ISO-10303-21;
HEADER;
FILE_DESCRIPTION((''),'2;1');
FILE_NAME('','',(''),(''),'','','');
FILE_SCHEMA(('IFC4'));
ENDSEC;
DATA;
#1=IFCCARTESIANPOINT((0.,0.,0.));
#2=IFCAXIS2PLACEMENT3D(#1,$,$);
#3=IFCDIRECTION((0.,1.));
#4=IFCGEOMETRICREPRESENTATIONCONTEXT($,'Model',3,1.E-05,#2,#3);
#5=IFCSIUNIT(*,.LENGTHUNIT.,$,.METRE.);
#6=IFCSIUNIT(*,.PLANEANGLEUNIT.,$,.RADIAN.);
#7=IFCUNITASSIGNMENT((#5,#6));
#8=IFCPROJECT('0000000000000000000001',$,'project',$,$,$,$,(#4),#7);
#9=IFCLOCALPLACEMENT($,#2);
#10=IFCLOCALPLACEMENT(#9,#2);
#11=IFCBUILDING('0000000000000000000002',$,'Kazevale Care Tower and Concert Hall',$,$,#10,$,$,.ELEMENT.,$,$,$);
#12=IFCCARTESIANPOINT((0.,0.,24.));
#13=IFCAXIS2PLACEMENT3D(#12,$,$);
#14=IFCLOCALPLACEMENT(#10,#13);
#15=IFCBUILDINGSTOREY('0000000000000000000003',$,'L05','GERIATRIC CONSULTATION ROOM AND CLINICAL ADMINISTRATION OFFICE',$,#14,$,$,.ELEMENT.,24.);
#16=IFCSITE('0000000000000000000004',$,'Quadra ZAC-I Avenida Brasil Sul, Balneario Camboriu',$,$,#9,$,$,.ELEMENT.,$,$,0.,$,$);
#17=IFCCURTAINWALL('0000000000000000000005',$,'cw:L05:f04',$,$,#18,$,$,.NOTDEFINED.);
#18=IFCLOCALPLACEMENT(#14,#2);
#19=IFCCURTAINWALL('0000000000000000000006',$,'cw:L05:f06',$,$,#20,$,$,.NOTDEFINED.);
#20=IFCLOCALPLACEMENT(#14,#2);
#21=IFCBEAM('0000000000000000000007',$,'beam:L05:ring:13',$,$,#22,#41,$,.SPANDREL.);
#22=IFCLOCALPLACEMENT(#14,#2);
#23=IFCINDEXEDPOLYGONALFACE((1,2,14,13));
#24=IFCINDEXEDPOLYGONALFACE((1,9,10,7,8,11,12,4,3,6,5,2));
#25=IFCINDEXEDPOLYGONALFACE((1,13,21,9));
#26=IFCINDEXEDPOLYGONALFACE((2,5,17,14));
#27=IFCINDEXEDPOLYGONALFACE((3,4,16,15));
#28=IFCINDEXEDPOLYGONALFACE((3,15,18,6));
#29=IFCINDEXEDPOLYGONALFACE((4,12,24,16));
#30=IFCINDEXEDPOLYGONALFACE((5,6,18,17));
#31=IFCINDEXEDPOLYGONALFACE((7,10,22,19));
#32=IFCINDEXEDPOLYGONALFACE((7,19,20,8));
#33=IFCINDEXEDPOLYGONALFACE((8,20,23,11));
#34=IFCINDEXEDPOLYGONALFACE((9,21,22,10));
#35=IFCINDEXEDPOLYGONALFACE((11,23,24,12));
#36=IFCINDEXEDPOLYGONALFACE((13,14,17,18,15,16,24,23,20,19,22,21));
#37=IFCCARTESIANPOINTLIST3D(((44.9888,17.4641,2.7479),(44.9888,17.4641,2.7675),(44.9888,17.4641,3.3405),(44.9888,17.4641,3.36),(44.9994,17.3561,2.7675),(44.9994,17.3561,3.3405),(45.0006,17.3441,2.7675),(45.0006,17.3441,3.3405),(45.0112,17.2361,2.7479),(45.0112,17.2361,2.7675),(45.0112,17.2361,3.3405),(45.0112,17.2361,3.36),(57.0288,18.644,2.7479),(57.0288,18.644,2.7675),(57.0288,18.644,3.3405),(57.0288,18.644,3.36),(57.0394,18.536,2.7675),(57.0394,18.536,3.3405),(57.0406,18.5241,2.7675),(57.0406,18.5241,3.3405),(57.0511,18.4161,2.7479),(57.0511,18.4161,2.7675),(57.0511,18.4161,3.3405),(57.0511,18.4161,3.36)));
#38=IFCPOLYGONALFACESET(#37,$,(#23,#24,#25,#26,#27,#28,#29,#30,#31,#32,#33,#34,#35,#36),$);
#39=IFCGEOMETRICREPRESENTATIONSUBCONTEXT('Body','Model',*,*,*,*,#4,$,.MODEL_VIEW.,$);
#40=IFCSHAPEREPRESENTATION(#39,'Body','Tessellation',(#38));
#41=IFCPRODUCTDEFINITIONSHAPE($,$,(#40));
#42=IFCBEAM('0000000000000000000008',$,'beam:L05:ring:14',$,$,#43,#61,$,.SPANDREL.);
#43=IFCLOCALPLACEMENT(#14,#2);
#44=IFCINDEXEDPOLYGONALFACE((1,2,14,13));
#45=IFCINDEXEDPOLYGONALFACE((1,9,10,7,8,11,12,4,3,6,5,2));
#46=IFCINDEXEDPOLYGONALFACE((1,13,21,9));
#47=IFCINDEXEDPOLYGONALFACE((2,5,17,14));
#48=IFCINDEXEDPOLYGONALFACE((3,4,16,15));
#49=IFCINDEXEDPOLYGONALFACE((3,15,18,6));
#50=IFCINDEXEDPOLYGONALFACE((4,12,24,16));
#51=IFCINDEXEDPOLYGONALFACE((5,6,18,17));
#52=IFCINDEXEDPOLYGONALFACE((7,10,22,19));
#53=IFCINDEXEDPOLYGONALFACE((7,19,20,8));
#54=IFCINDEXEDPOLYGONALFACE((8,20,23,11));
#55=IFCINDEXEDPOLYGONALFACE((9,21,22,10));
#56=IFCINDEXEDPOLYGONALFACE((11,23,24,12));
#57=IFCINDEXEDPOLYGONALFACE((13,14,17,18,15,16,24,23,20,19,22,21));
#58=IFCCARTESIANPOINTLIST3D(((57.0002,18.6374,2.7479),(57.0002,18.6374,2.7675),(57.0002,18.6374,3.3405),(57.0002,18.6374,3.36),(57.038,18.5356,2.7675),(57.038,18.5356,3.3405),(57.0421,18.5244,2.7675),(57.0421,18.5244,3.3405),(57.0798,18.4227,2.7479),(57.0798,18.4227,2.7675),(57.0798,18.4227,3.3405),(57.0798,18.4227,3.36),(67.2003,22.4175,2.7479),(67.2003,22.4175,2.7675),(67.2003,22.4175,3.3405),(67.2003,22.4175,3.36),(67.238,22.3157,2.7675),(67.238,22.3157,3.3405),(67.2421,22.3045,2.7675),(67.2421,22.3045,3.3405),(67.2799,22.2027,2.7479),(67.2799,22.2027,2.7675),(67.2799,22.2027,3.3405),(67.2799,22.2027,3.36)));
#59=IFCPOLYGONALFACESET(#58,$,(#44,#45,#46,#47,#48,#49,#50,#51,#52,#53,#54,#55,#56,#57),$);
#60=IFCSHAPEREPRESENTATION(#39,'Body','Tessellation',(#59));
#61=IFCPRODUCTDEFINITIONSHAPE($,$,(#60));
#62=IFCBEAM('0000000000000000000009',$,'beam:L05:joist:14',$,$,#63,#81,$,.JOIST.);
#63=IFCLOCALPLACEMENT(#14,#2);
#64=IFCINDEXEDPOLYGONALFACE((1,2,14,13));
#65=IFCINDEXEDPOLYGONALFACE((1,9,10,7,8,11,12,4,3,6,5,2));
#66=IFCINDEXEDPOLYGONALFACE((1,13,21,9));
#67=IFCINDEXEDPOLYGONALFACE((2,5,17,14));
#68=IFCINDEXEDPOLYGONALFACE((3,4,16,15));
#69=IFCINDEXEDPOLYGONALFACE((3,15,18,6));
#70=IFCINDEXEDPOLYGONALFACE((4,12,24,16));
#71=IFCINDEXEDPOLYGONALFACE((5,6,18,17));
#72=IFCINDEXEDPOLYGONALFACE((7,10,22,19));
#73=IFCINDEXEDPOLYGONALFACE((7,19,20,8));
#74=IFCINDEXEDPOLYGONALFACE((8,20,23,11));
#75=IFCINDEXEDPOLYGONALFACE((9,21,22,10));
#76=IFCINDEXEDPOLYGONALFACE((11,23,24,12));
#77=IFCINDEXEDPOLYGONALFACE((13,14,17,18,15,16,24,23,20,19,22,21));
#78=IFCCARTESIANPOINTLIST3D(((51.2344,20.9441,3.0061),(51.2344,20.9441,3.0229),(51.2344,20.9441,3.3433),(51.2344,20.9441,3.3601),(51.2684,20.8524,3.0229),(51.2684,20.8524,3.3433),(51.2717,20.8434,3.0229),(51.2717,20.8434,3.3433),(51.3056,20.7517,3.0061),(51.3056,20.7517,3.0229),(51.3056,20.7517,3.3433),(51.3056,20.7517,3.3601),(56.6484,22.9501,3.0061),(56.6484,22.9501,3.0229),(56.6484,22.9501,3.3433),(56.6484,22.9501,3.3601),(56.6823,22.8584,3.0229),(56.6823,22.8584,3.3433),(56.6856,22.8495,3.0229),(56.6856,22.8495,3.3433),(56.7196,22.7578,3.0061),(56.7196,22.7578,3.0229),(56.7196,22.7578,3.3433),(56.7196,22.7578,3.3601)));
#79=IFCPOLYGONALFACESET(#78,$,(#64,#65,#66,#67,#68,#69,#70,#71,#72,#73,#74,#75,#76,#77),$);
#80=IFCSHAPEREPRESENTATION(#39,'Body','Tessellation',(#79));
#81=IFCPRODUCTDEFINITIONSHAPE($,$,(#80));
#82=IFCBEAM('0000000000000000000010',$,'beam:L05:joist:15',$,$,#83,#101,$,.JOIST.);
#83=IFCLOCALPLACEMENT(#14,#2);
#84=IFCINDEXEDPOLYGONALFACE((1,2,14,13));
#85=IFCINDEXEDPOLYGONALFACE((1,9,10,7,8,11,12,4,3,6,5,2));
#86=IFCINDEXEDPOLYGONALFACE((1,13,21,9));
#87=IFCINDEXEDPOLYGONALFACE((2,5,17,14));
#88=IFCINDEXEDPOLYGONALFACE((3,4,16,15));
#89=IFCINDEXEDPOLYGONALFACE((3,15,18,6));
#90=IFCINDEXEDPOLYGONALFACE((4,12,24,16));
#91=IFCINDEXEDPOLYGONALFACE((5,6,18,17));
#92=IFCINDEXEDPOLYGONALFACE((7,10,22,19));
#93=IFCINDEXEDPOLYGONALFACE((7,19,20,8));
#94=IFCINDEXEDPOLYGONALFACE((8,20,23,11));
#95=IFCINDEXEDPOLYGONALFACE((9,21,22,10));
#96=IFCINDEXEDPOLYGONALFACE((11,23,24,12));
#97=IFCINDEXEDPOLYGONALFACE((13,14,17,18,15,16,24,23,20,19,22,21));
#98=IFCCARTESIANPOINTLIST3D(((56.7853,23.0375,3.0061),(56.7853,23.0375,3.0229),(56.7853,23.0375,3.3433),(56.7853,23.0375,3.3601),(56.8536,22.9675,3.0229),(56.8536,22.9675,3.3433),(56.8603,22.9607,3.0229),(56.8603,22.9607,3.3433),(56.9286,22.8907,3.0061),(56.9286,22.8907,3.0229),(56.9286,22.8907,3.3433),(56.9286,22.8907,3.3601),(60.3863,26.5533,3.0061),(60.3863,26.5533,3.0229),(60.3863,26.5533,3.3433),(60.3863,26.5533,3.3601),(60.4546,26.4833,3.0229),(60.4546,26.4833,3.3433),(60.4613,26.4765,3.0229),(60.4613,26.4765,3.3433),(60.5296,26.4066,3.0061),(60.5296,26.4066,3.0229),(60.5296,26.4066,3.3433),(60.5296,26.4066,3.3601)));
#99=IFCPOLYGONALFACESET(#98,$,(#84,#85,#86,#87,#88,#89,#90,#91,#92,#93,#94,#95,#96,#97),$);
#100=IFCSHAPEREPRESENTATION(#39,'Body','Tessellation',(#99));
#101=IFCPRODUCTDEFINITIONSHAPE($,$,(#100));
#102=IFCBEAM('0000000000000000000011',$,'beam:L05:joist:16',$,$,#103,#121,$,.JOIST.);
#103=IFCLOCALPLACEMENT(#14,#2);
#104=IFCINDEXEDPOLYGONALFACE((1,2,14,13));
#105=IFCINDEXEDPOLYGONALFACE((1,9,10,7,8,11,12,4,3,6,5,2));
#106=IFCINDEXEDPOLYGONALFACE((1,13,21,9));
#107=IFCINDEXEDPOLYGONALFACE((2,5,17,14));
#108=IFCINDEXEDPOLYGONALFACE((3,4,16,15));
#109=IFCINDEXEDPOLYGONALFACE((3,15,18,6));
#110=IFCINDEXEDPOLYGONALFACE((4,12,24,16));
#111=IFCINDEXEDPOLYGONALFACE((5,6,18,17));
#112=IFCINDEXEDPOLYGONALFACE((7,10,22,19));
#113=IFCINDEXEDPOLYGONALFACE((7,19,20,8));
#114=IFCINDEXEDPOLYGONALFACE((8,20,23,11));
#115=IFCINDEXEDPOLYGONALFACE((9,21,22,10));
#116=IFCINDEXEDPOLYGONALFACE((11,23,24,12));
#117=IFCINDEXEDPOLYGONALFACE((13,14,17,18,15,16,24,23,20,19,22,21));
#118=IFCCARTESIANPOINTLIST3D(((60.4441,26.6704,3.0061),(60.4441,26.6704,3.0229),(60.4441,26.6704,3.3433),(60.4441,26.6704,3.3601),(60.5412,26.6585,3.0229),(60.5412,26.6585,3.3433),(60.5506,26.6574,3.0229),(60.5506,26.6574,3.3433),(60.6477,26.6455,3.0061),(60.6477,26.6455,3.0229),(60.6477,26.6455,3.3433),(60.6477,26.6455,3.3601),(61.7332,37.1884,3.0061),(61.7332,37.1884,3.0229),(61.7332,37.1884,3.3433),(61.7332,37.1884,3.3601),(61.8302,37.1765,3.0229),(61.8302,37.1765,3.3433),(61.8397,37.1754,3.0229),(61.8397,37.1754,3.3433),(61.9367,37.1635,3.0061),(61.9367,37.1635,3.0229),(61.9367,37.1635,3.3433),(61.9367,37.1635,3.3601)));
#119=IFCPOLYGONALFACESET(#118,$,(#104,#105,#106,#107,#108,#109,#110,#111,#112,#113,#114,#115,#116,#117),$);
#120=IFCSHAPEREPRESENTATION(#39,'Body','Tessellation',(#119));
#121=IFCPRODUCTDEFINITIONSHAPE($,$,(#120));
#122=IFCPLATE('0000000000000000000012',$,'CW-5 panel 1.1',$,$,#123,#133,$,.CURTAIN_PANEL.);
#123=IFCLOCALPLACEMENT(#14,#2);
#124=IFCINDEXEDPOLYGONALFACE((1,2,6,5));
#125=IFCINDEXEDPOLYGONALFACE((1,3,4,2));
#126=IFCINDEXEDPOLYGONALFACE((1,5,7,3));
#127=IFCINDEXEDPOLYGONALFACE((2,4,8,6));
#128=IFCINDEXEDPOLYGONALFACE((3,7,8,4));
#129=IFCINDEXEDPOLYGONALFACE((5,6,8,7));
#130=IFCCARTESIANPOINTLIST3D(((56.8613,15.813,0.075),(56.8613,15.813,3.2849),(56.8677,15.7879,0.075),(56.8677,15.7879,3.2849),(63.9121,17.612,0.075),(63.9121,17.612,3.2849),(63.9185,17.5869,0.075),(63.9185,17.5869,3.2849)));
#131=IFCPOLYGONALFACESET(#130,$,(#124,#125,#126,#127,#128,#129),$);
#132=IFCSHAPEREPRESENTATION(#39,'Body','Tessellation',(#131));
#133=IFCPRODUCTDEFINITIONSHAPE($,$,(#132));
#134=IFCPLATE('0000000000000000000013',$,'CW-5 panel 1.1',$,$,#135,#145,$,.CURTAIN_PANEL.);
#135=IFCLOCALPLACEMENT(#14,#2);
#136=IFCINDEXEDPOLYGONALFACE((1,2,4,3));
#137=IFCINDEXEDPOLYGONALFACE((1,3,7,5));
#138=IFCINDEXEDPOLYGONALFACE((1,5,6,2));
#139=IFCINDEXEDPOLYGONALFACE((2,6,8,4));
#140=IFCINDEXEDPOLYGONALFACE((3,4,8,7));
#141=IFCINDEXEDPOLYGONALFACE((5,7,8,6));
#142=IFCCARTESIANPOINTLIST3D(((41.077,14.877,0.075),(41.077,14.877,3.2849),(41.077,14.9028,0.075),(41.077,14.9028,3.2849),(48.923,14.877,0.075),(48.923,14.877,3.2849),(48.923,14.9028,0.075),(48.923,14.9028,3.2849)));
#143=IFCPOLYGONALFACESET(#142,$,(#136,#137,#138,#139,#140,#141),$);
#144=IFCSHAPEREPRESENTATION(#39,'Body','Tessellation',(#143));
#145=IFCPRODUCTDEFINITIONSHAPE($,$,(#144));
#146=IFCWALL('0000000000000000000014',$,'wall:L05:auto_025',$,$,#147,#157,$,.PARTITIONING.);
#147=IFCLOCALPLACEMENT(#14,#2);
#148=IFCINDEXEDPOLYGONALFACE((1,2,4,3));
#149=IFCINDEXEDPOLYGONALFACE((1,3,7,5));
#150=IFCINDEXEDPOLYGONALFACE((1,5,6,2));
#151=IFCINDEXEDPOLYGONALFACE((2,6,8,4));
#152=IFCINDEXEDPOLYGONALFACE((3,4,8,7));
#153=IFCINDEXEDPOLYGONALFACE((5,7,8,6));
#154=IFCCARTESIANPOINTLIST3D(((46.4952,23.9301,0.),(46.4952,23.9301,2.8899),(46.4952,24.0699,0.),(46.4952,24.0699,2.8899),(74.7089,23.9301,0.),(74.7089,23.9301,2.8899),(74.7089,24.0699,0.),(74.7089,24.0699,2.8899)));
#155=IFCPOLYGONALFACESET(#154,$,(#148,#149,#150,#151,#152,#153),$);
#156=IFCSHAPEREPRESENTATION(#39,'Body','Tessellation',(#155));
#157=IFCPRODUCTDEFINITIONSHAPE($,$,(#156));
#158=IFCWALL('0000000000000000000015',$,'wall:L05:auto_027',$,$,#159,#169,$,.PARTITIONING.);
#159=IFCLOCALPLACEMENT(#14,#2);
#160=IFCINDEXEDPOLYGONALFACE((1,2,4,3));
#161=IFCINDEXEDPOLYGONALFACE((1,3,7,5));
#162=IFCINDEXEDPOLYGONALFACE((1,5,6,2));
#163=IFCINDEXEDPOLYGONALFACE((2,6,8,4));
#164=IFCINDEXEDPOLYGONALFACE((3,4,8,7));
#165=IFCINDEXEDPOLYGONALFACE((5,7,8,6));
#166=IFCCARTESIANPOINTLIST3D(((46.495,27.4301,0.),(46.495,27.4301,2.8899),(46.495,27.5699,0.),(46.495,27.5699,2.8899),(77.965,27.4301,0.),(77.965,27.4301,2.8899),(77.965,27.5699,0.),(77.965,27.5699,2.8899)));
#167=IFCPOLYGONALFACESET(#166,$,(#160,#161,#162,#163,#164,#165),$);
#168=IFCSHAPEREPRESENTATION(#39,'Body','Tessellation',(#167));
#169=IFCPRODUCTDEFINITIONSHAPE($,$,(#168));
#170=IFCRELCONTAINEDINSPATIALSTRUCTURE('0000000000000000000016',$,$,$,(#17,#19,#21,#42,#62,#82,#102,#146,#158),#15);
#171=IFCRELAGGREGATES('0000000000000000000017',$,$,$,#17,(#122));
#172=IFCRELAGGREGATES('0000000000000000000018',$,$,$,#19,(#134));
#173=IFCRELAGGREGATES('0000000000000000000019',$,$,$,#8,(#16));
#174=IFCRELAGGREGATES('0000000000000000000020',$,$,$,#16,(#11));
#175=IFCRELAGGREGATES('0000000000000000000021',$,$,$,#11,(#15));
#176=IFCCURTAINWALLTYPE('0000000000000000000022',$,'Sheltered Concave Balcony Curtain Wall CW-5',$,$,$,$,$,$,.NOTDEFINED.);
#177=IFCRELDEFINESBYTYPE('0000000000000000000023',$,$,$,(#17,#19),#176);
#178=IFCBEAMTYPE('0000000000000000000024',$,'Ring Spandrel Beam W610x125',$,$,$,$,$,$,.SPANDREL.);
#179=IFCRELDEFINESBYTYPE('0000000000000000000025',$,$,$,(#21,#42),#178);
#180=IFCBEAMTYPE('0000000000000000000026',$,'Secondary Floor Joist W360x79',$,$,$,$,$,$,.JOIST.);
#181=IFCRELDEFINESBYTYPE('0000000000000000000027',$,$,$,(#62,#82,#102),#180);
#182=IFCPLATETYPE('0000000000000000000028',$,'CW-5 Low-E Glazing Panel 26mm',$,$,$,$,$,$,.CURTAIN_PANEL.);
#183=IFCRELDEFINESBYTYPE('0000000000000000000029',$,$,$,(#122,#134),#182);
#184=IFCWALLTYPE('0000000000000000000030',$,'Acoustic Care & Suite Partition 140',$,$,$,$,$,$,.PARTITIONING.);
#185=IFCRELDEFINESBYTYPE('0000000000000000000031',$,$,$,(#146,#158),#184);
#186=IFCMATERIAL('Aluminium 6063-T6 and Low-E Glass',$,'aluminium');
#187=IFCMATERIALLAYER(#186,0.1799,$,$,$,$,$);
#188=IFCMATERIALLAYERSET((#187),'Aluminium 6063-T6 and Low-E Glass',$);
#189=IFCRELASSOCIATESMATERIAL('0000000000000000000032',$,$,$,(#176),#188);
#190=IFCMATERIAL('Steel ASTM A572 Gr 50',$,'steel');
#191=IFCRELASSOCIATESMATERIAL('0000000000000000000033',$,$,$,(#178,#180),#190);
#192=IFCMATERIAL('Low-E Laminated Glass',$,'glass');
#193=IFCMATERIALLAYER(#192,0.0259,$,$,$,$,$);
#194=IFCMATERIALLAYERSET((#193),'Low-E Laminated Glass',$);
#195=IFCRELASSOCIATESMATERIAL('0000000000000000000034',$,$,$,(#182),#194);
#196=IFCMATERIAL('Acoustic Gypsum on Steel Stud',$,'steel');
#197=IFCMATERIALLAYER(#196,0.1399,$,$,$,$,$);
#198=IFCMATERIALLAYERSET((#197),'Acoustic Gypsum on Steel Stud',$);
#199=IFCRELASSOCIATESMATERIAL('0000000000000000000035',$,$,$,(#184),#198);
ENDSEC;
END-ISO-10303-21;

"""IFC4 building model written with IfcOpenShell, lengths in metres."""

from ifc_helpers import new_model, si_unit, direction, frame, frame_2d, origin, origin_2d, place, context, subcontext, project, spatial, rectangle, i_section, extrude, material, layer, layer_set, material_profile, profile_set, type_object, element, aggregate, save


model = new_model("IFC4")

# Units and contexts
model_context = context("Model", 3, precision=1e-05, world=origin(), true_north=direction((0.0, 1.0)))
body_context = subcontext(model_context, "Body", "Model", "MODEL_VIEW")
ifc_project = project(units=[si_unit("LENGTHUNIT", "METRE"), si_unit("PLANEANGLEUNIT", "RADIAN")], contexts=[model_context])

# Site, building, storey
site_placement = place(None, origin())
site = spatial("IfcSite", under=ifc_project, at=site_placement, Name="Quadra ZAC-I Avenida Brasil Sul, Balneario Camboriu", CompositionType="ELEMENT", RefElevation=0.0)
building_placement = place(site_placement, origin())
building = spatial("IfcBuilding", under=site, at=building_placement, Name="Kazevale Care Tower and Concert Hall", CompositionType="ELEMENT")
storey_placement = place(building_placement, frame((0.0, 0.0, 24.0)))
storey = spatial("IfcBuildingStorey", under=building, at=storey_placement, Name="L05", Description="GERIATRIC CONSULTATION ROOM AND CLINICAL ADMINISTRATION OFFICE", CompositionType="ELEMENT", Elevation=24.0)

# Curtain wall
ifc_material_1 = material(Name="Aluminium 6063-T6 and Low-E Glass", Category="aluminium")
ifc_layer_1 = layer(ifc_material_1, 0.1799)
ifc_layer_set_1 = layer_set([ifc_layer_1], Name="Aluminium 6063-T6 and Low-E Glass")
curtain_wall_type = type_object("IfcCurtainWallType", Name="Sheltered Concave Balcony Curtain Wall CW-5", PredefinedType="NOTDEFINED", material=ifc_layer_set_1)
curtain_wall_1_placement = place(storey_placement, origin())
curtain_wall_1 = element("IfcCurtainWall", 1, at=curtain_wall_1_placement, inside=storey, type_object=curtain_wall_type, Name="cw:L05:f04", PredefinedType="NOTDEFINED")

# Curtain wall
curtain_wall_2_placement = place(storey_placement, origin())
curtain_wall_2 = element("IfcCurtainWall", 2, at=curtain_wall_2_placement, inside=storey, type_object=curtain_wall_type, Name="cw:L05:f06", PredefinedType="NOTDEFINED")

# Beams
ifc_material_2 = material(Name="Steel ASTM A572 Gr 50", Category="steel")
ifc_material_profile_1 = material_profile(ifc_material_2, i_section(OverallWidth=0.229, OverallDepth=0.6121, WebThickness=0.012, FlangeThickness=0.0195, at=origin_2d()), Name="W610x125")
ifc_profile_set_1 = profile_set([ifc_material_profile_1], Name="Steel ASTM A572 Gr 50")
beam_type_1 = type_object("IfcBeamType", Name="Ring Spandrel Beam W610x125", PredefinedType="SPANDREL", material=ifc_profile_set_1)
beam_1_placement = place(storey_placement, frame((45.0, 17.3501, 3.054), z_axis=(0.995232, 0.097533, 0.0), x_axis=(-0.097533, 0.995232, 0.0)))
element("IfcBeam", 3, at=beam_1_placement, inside=storey, type_object=beam_type_1, Name="beam:L05:ring:13", PredefinedType="SPANDREL", context=body_context, shape_type="SweptSolid", body=[
    extrude(i_section(OverallWidth=0.229, OverallDepth=0.6121, WebThickness=0.012, FlangeThickness=0.0195, at=origin_2d()), origin(), (0.0, 0.0, 1.0), 12.0977),
])
beam_2_placement = place(storey_placement, frame((57.04, 18.53, 3.054), z_axis=(0.937681, 0.347498, 0.0), x_axis=(-0.347498, 0.937681, 0.0)))
element("IfcBeam", 4, at=beam_2_placement, inside=storey, type_object=beam_type_1, Name="beam:L05:ring:14", PredefinedType="SPANDREL", context=body_context, shape_type="SweptSolid", body=[
    extrude(i_section(OverallWidth=0.229, OverallDepth=0.6121, WebThickness=0.012, FlangeThickness=0.0195, at=origin_2d()), origin(), (0.0, 0.0, 1.0), 10.8779),
])
ifc_material_profile_2 = material_profile(ifc_material_2, i_section(OverallWidth=0.2051, OverallDepth=0.354, WebThickness=0.0095, FlangeThickness=0.0168, at=origin_2d()), Name="W360x79")
ifc_profile_set_2 = profile_set([ifc_material_profile_2], Name="Steel ASTM A572 Gr 50")
beam_type_2 = type_object("IfcBeamType", Name="Secondary Floor Joist W360x79", PredefinedType="JOIST", material=ifc_profile_set_2)
beam_3_placement = place(storey_placement, frame((51.27, 20.8479, 3.1831), z_axis=(0.937698, 0.347451, 0.0), x_axis=(-0.347451, 0.937698, 0.0)))
element("IfcBeam", 5, at=beam_3_placement, inside=storey, type_object=beam_type_2, Name="beam:L05:joist:14", PredefinedType="JOIST", context=body_context, shape_type="SweptSolid", body=[
    extrude(i_section(OverallWidth=0.2051, OverallDepth=0.354, WebThickness=0.0095, FlangeThickness=0.0168, at=origin_2d()), origin(), (0.0, 0.0, 1.0), 5.7737),
])
beam_4_placement = place(storey_placement, frame((56.8569, 22.9641, 3.1831), z_axis=(0.715521, 0.698591, 0.0), x_axis=(-0.698591, 0.715521, 0.0)))
element("IfcBeam", 6, at=beam_4_placement, inside=storey, type_object=beam_type_2, Name="beam:L05:joist:15", PredefinedType="JOIST", context=body_context, shape_type="SweptSolid", body=[
    extrude(i_section(OverallWidth=0.2051, OverallDepth=0.354, WebThickness=0.0095, FlangeThickness=0.0168, at=origin_2d()), origin(), (0.0, 0.0, 1.0), 5.0327),
])
beam_5_placement = place(storey_placement, frame((60.5459, 26.658, 3.1831), z_axis=(0.121647, 0.992573, 0.0), x_axis=(-0.992573, 0.121647, 0.0)))
element("IfcBeam", 7, at=beam_5_placement, inside=storey, type_object=beam_type_2, Name="beam:L05:joist:16", PredefinedType="JOIST", context=body_context, shape_type="SweptSolid", body=[
    extrude(i_section(OverallWidth=0.2051, OverallDepth=0.354, WebThickness=0.0095, FlangeThickness=0.0168, at=origin_2d()), origin(), (0.0, 0.0, 1.0), 10.5967),
])

# Plates
ifc_material_3 = material(Name="Low-E Laminated Glass", Category="glass")
ifc_layer_2 = layer(ifc_material_3, 0.0259)
ifc_layer_set_2 = layer_set([ifc_layer_2], Name="Low-E Laminated Glass")
plate_type = type_object("IfcPlateType", Name="CW-5 Low-E Glazing Panel 26mm", PredefinedType="CURTAIN_PANEL", material=ifc_layer_set_2)
plate_1_placement = place(storey_placement, frame((60.3899, 16.7, 0.075), z_axis=(0.0, 0.0, 1.0), x_axis=(-0.968959, -0.247222, 0.0)))
plate_1 = element("IfcPlate", 8, at=plate_1_placement, type_object=plate_type, Name="CW-5 panel 1.1", PredefinedType="CURTAIN_PANEL", context=body_context, shape_type="SweptSolid", body=[
    extrude(rectangle(XDim=7.2766, YDim=0.0259, at=origin_2d()), origin(), (0.0, 0.0, 1.0), 3.21),
])
aggregate(curtain_wall_1, [plate_1])
plate_2_placement = place(storey_placement, frame((45.0, 14.8899, 0.075), z_axis=(0.0, 0.0, 1.0), x_axis=(-1.0, 0.0, 0.0)))
plate_2 = element("IfcPlate", 9, at=plate_2_placement, type_object=plate_type, Name="CW-5 panel 1.1", PredefinedType="CURTAIN_PANEL", context=body_context, shape_type="SweptSolid", body=[
    extrude(rectangle(XDim=7.8459, YDim=0.0259, at=origin_2d()), origin(), (0.0, 0.0, 1.0), 3.21),
])
aggregate(curtain_wall_2, [plate_2])

# Walls
ifc_material_4 = material(Name="Acoustic Gypsum on Steel Stud", Category="steel")
ifc_layer_3 = layer(ifc_material_4, 0.1399)
ifc_layer_set_3 = layer_set([ifc_layer_3], Name="Acoustic Gypsum on Steel Stud")
wall_type_1 = type_object("IfcWallType", Name="Acoustic Care & Suite Partition 140", PredefinedType="PARTITIONING", material=ifc_layer_set_3)
wall_1_placement = place(storey_placement, frame((46.4951, 24.0, 0.0), z_axis=(0.0, 0.0, 1.0), x_axis=(1.0, 0.0, 0.0)))
element("IfcWall", 10, at=wall_1_placement, inside=storey, type_object=wall_type_1, Name="wall:L05:auto_025", PredefinedType="PARTITIONING", context=body_context, shape_type="SweptSolid", body=[
    extrude(rectangle(XDim=28.2136, YDim=0.1399, at=frame_2d((14.1069, 0.0))), origin(), (0.0, 0.0, 1.0), 2.8899),
])
wall_2_placement = place(storey_placement, frame((46.4951, 27.5, 0.0), z_axis=(0.0, 0.0, 1.0), x_axis=(1.0, 0.0, 0.0)))
element("IfcWall", 11, at=wall_2_placement, inside=storey, type_object=wall_type_1, Name="wall:L05:auto_027", PredefinedType="PARTITIONING", context=body_context, shape_type="SweptSolid", body=[
    extrude(rectangle(XDim=31.47, YDim=0.1399, at=frame_2d((15.7349, 0.0))), origin(), (0.0, 0.0, 1.0), 2.8899),
])

save(model, "model.ifc")
